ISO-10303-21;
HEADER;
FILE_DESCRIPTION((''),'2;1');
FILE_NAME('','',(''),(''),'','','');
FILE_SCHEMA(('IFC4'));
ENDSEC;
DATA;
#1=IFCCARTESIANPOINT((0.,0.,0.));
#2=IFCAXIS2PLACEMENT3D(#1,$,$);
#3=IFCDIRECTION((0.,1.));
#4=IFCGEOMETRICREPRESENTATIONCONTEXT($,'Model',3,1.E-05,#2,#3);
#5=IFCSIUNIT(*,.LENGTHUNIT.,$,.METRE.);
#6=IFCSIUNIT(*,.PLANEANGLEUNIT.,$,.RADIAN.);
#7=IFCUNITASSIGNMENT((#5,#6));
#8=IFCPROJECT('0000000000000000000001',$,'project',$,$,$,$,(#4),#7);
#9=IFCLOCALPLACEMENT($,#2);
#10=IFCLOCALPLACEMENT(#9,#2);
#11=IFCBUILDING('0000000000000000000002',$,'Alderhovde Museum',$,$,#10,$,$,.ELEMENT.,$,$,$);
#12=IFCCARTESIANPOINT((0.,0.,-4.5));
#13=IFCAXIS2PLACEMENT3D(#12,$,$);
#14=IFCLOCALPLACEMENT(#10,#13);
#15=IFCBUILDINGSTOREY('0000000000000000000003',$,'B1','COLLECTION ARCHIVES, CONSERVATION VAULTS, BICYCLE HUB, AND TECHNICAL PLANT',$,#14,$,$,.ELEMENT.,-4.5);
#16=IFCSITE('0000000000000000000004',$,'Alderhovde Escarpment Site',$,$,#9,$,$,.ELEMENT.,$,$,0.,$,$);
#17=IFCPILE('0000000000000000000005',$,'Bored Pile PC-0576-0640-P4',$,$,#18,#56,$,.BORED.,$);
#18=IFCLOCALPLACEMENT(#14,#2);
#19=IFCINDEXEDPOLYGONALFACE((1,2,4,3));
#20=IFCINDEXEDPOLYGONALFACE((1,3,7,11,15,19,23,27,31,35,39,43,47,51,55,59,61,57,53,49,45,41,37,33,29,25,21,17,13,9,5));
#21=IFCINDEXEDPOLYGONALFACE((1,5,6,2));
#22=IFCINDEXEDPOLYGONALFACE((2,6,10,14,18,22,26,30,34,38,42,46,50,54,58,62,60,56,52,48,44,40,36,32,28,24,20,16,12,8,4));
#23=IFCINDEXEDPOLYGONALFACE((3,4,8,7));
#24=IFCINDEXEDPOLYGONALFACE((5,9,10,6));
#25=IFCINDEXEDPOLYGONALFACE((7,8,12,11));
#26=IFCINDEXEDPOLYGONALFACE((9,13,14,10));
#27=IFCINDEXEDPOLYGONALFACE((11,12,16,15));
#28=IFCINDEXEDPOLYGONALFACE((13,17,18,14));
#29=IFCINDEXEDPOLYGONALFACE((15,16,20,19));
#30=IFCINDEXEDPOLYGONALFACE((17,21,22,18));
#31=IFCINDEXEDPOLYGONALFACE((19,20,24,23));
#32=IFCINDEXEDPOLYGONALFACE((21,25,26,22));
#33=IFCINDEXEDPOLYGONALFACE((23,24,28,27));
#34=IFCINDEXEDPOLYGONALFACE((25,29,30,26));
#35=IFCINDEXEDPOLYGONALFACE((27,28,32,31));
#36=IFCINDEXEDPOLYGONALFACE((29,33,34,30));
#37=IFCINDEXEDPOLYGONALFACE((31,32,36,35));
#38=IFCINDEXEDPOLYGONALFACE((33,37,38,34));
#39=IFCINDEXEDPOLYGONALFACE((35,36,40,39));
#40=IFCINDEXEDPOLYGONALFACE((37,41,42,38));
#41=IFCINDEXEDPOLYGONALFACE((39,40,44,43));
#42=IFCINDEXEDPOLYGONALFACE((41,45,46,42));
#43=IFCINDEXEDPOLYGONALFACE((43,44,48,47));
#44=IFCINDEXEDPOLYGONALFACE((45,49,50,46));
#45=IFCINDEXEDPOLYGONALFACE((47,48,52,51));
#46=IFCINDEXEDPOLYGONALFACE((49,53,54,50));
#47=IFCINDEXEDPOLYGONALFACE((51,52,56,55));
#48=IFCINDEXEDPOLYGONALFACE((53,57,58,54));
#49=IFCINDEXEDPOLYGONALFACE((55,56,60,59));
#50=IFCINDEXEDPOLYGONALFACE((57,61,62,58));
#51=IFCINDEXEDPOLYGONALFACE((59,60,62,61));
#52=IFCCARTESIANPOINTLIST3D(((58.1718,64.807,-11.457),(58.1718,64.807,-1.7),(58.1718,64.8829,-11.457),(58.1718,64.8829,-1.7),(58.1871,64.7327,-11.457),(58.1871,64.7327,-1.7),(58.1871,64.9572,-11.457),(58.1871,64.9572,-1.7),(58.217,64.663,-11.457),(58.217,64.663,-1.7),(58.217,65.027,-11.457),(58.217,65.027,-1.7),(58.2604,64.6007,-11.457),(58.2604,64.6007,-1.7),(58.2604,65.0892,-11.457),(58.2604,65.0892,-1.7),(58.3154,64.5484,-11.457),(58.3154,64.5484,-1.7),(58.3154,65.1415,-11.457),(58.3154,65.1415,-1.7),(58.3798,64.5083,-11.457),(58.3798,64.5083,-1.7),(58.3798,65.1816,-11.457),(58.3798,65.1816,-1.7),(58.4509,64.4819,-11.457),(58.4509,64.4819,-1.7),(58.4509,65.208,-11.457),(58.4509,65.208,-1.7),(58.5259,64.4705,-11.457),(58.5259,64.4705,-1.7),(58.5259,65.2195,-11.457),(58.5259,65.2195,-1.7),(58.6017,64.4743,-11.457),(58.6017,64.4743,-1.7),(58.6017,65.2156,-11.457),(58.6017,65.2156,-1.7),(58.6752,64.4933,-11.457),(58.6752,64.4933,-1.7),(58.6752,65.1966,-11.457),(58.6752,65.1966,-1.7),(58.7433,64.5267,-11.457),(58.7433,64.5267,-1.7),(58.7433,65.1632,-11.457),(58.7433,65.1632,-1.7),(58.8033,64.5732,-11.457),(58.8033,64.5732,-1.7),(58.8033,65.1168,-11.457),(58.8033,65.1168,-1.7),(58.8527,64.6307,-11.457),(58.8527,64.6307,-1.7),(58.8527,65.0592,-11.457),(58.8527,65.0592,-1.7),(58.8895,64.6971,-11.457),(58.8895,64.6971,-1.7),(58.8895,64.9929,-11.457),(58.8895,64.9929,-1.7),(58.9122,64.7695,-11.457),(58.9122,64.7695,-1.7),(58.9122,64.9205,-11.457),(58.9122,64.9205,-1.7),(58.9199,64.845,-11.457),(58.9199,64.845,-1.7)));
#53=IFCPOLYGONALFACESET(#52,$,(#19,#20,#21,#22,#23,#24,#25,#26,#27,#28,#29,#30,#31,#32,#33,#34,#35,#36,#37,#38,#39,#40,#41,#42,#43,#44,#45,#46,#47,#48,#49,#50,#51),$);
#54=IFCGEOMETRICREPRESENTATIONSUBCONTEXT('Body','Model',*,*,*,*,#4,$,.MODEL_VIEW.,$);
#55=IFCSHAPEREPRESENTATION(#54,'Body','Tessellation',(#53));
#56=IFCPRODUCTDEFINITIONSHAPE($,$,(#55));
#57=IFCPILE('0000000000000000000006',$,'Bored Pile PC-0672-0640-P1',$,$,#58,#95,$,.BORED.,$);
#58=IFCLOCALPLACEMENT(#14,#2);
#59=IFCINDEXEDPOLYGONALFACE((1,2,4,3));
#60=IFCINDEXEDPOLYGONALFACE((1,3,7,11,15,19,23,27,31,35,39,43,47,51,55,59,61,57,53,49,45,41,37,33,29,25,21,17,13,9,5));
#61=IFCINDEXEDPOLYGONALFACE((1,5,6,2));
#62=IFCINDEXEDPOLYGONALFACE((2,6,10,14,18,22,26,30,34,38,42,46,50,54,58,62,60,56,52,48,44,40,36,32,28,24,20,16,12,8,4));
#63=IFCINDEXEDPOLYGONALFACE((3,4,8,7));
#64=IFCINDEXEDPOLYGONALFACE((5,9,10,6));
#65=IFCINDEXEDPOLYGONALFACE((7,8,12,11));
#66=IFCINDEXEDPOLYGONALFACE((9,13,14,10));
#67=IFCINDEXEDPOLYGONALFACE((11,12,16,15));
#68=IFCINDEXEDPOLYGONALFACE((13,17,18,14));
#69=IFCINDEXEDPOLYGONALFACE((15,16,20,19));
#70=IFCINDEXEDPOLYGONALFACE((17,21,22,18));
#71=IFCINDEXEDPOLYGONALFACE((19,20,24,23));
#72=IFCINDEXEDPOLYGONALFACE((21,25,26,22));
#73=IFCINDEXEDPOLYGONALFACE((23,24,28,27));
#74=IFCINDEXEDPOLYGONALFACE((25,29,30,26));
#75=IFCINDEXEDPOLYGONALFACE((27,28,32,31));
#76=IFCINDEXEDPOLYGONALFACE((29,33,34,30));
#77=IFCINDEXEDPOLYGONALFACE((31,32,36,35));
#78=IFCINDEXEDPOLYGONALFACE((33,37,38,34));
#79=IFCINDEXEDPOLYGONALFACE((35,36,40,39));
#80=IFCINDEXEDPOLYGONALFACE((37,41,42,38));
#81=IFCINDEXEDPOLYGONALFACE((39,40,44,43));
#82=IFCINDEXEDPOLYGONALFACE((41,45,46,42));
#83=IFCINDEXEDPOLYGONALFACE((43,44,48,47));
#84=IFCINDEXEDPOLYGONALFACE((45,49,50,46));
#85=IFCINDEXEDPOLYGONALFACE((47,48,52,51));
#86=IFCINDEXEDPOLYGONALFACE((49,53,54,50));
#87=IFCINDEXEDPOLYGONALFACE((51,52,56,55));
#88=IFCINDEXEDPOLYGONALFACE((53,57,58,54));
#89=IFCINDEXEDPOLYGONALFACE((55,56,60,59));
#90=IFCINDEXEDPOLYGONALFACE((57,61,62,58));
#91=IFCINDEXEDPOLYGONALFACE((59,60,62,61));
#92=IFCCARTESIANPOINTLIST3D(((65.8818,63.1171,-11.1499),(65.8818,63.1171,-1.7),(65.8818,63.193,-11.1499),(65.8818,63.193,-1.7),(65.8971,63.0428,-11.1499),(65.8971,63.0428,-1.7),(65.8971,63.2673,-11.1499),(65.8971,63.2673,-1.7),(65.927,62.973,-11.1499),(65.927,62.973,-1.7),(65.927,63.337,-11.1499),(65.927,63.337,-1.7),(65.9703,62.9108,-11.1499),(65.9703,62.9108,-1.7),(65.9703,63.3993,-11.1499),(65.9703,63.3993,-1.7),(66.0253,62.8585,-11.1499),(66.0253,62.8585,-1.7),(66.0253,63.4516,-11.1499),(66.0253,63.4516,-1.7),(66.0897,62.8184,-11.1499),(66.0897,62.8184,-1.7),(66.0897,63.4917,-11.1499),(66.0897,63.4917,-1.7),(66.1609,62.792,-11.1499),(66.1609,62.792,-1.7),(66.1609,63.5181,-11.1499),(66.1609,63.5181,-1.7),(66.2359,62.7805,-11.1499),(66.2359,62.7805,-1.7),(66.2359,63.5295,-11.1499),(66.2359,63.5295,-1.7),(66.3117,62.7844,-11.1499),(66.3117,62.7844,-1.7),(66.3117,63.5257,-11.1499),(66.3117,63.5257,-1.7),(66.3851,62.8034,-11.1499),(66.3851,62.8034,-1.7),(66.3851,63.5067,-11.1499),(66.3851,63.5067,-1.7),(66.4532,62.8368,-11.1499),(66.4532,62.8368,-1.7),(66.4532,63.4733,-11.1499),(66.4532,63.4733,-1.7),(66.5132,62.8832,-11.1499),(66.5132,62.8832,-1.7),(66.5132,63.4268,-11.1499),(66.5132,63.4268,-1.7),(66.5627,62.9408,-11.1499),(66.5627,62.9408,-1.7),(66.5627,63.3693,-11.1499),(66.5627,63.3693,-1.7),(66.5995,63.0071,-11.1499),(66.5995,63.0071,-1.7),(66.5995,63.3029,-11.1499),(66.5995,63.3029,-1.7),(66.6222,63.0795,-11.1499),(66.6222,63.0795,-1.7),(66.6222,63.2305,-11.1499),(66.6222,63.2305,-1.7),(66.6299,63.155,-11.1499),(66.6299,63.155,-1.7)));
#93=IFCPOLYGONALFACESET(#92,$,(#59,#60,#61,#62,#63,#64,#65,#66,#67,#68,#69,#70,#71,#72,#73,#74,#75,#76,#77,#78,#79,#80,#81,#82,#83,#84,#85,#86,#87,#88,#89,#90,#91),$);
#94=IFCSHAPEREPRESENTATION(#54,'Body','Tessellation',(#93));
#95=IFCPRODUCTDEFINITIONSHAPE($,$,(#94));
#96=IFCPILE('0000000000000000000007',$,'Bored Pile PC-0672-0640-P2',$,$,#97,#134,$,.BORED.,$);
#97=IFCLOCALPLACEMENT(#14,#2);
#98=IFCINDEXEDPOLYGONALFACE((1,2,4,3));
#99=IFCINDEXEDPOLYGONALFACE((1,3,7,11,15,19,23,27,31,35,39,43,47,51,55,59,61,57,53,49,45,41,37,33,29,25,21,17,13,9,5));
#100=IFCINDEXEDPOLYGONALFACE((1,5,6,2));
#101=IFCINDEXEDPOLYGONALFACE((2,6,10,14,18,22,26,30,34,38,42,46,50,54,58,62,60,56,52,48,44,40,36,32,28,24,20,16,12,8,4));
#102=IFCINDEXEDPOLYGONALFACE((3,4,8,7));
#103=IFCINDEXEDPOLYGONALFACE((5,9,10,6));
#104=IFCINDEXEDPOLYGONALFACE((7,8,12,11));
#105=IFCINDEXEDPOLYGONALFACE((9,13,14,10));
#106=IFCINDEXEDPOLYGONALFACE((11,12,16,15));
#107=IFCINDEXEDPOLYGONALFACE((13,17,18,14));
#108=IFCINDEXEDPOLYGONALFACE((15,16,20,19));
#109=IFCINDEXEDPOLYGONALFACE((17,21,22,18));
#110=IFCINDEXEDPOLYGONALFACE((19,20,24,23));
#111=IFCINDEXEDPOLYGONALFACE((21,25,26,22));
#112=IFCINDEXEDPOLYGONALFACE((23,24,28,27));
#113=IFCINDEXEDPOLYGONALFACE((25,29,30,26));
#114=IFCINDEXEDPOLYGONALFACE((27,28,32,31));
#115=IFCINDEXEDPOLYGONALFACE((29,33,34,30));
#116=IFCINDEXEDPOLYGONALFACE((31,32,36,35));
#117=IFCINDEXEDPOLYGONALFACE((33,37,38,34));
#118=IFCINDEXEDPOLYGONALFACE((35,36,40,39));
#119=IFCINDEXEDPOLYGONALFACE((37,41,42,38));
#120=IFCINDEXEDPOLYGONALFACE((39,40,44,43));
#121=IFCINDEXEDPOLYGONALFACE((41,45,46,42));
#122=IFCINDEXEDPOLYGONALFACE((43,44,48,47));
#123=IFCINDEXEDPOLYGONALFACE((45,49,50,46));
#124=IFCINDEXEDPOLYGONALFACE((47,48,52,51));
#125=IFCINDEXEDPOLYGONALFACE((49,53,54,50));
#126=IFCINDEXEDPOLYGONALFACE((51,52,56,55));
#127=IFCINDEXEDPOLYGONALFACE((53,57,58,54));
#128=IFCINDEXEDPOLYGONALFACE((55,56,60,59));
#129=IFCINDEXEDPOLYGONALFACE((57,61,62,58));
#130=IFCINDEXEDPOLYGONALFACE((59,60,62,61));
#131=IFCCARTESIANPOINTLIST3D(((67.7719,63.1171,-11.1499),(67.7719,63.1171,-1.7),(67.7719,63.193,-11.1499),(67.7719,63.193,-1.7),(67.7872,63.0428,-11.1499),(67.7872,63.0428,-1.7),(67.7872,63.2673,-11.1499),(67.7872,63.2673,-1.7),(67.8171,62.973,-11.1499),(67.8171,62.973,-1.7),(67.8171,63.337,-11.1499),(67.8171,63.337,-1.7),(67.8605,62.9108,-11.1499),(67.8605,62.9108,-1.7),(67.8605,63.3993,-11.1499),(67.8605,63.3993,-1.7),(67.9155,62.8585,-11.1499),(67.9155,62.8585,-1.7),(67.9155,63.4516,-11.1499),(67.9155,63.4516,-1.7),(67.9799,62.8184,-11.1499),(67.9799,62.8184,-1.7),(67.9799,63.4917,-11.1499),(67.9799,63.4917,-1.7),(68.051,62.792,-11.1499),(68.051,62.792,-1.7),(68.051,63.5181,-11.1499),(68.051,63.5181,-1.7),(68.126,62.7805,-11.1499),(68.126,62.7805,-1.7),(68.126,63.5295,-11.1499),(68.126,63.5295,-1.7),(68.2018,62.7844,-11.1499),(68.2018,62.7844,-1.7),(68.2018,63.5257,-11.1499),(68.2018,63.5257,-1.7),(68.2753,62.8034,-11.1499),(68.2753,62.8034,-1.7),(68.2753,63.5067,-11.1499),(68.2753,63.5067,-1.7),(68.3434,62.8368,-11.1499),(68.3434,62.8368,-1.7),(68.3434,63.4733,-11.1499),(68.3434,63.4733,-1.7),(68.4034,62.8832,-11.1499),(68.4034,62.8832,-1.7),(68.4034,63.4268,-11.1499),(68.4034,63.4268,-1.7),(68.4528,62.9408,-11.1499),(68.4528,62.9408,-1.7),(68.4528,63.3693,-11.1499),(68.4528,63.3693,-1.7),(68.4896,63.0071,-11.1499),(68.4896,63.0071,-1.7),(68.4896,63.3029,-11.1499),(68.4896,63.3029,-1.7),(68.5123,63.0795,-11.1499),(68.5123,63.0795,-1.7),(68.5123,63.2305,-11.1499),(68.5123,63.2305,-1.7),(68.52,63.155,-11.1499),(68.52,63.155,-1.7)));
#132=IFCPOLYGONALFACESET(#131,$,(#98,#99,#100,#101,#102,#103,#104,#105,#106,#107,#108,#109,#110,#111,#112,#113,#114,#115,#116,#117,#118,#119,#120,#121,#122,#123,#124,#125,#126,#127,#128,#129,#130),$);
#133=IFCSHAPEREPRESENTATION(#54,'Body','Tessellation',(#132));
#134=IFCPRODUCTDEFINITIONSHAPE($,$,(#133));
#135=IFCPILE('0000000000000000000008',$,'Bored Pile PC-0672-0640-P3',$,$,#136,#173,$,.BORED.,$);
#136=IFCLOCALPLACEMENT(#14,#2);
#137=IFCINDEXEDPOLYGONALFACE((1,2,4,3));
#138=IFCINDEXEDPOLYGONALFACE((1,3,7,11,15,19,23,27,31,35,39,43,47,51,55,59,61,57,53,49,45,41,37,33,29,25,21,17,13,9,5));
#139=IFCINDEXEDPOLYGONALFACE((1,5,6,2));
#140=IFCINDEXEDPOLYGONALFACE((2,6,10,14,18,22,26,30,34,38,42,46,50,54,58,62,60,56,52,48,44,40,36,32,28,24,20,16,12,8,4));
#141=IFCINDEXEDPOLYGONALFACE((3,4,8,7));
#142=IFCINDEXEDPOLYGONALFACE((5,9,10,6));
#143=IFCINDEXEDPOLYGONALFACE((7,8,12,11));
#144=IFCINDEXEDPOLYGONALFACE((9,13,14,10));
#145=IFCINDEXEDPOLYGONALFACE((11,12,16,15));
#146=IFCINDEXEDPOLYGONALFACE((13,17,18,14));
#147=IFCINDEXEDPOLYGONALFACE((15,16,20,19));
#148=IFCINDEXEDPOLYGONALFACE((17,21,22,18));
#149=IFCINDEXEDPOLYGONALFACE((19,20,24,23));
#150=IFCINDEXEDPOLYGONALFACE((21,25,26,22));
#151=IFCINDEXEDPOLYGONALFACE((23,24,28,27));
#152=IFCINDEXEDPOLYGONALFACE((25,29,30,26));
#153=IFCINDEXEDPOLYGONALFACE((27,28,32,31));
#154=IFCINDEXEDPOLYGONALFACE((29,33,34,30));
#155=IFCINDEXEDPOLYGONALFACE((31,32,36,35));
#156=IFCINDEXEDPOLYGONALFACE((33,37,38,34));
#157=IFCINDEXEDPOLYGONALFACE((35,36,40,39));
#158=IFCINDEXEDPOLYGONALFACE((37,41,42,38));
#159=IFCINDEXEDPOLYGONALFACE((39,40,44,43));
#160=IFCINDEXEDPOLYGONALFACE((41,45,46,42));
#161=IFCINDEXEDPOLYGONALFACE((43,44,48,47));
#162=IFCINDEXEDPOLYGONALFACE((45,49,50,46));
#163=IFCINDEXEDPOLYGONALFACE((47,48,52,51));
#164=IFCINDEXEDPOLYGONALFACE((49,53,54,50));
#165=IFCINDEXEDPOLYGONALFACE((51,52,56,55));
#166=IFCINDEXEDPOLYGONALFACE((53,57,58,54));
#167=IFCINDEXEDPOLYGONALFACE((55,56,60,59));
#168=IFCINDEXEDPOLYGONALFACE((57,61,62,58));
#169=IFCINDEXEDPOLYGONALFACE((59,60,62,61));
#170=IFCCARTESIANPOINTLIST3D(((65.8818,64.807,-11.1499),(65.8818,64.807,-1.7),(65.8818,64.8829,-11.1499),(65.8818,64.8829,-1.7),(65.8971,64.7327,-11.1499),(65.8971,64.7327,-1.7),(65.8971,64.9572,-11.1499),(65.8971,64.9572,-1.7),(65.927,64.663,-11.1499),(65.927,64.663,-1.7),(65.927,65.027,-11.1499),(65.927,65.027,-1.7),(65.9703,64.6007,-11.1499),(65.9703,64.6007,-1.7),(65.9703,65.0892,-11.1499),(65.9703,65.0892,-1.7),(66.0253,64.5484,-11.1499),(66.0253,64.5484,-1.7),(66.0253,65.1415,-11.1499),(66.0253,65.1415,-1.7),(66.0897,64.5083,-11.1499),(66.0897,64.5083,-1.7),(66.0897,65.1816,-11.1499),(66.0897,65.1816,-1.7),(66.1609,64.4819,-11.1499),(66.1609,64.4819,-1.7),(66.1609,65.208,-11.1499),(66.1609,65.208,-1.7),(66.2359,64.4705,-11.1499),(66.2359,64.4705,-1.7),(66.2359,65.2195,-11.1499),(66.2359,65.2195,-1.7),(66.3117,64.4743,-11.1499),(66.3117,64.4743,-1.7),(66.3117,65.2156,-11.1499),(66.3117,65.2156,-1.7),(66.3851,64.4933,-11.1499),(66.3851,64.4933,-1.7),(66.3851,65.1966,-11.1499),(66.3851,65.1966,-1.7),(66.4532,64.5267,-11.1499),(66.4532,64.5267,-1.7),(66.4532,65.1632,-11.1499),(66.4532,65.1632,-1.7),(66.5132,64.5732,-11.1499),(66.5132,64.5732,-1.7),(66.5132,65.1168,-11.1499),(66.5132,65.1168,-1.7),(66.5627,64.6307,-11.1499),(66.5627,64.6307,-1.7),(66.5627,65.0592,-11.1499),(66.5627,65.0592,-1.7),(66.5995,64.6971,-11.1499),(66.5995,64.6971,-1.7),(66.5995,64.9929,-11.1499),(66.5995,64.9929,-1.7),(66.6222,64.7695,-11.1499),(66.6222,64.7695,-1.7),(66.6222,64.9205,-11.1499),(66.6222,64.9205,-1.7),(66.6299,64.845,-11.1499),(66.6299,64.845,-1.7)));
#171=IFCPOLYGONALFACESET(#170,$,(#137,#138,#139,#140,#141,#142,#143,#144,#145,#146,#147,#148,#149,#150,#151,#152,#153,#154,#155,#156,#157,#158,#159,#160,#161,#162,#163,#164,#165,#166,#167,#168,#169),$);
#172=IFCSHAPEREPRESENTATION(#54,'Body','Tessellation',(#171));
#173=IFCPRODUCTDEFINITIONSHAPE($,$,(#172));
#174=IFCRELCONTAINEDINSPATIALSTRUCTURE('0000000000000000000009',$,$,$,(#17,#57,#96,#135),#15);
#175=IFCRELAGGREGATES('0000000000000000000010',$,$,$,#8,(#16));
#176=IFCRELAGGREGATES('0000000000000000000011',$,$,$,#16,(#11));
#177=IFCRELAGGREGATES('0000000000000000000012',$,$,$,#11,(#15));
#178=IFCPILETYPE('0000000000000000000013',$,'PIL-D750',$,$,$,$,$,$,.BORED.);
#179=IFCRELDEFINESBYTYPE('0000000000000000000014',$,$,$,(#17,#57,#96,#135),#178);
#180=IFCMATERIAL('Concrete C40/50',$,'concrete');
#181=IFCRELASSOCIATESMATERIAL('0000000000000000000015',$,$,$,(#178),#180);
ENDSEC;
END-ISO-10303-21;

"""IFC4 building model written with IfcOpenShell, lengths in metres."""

from ifc_helpers import new_model, si_unit, direction, frame, origin, origin_2d, place, context, subcontext, project, spatial, circle, extrude, material, material_profile, profile_set, type_object, element, save


model = new_model("IFC4")

# Units and contexts
model_context = context("Model", 3, precision=1e-05, world=origin(), true_north=direction((0.0, 1.0)))
body_context = subcontext(model_context, "Body", "Model", "MODEL_VIEW")
ifc_project = project(units=[si_unit("LENGTHUNIT", "METRE"), si_unit("PLANEANGLEUNIT", "RADIAN")], contexts=[model_context])

# Site, building, storey
site_placement = place(None, origin())
site = spatial("IfcSite", under=ifc_project, at=site_placement, Name="Alderhovde Escarpment Site", CompositionType="ELEMENT", RefElevation=0.0)
building_placement = place(site_placement, origin())
building = spatial("IfcBuilding", under=site, at=building_placement, Name="Alderhovde Museum", CompositionType="ELEMENT")
storey_placement = place(building_placement, frame((0.0, 0.0, -4.5)))
storey = spatial("IfcBuildingStorey", under=building, at=storey_placement, Name="B1", Description="COLLECTION ARCHIVES, CONSERVATION VAULTS, BICYCLE HUB, AND TECHNICAL PLANT", CompositionType="ELEMENT", Elevation=-4.5)

# Piles
ifc_material_1 = material(Name="Concrete C40/50", Category="concrete")
ifc_material_profile_1 = material_profile(ifc_material_1, circle(Radius=0.375, at=origin_2d()), Name="PILE-D750")
ifc_profile_set_1 = profile_set([ifc_material_profile_1], Name="Concrete C40/50")
pile_type_1 = type_object("IfcPileType", Name="PIL-D750", PredefinedType="BORED", material=ifc_profile_set_1)
for number, where, z_axis, x_axis, name in (
    (1, (58.5449, 64.845, -1.7), (0.0, 0.0, -1.0), (1.0, 0.0, 0.0), "Bored Pile PC-0576-0640-P4"),
):
    element("IfcPile", number, at=place(storey_placement, frame(where, z_axis=z_axis, x_axis=x_axis)), inside=storey, type_object=pile_type_1, Name=name, PredefinedType="BORED", context=body_context, shape_type="SweptSolid", body=[
        extrude(circle(Radius=0.375, at=origin_2d()), origin(), (0.0, 0.0, 1.0), 9.7571),
    ])
for number, where, z_axis, x_axis, name in (
    (2, (66.2549, 63.155, -1.7), (0.0, 0.0, -1.0), (1.0, 0.0, 0.0), "Bored Pile PC-0672-0640-P1"),
    (3, (68.145, 63.155, -1.7), (0.0, 0.0, -1.0), (1.0, 0.0, 0.0), "Bored Pile PC-0672-0640-P2"),
    (4, (66.2549, 64.845, -1.7), (0.0, 0.0, -1.0), (1.0, 0.0, 0.0), "Bored Pile PC-0672-0640-P3"),
):
    element("IfcPile", number, at=place(storey_placement, frame(where, z_axis=z_axis, x_axis=x_axis)), inside=storey, type_object=pile_type_1, Name=name, PredefinedType="BORED", context=body_context, shape_type="SweptSolid", body=[
        extrude(circle(Radius=0.375, at=origin_2d()), origin(), (0.0, 0.0, 1.0), 9.45),
    ])

save(model, "model.ifc")
